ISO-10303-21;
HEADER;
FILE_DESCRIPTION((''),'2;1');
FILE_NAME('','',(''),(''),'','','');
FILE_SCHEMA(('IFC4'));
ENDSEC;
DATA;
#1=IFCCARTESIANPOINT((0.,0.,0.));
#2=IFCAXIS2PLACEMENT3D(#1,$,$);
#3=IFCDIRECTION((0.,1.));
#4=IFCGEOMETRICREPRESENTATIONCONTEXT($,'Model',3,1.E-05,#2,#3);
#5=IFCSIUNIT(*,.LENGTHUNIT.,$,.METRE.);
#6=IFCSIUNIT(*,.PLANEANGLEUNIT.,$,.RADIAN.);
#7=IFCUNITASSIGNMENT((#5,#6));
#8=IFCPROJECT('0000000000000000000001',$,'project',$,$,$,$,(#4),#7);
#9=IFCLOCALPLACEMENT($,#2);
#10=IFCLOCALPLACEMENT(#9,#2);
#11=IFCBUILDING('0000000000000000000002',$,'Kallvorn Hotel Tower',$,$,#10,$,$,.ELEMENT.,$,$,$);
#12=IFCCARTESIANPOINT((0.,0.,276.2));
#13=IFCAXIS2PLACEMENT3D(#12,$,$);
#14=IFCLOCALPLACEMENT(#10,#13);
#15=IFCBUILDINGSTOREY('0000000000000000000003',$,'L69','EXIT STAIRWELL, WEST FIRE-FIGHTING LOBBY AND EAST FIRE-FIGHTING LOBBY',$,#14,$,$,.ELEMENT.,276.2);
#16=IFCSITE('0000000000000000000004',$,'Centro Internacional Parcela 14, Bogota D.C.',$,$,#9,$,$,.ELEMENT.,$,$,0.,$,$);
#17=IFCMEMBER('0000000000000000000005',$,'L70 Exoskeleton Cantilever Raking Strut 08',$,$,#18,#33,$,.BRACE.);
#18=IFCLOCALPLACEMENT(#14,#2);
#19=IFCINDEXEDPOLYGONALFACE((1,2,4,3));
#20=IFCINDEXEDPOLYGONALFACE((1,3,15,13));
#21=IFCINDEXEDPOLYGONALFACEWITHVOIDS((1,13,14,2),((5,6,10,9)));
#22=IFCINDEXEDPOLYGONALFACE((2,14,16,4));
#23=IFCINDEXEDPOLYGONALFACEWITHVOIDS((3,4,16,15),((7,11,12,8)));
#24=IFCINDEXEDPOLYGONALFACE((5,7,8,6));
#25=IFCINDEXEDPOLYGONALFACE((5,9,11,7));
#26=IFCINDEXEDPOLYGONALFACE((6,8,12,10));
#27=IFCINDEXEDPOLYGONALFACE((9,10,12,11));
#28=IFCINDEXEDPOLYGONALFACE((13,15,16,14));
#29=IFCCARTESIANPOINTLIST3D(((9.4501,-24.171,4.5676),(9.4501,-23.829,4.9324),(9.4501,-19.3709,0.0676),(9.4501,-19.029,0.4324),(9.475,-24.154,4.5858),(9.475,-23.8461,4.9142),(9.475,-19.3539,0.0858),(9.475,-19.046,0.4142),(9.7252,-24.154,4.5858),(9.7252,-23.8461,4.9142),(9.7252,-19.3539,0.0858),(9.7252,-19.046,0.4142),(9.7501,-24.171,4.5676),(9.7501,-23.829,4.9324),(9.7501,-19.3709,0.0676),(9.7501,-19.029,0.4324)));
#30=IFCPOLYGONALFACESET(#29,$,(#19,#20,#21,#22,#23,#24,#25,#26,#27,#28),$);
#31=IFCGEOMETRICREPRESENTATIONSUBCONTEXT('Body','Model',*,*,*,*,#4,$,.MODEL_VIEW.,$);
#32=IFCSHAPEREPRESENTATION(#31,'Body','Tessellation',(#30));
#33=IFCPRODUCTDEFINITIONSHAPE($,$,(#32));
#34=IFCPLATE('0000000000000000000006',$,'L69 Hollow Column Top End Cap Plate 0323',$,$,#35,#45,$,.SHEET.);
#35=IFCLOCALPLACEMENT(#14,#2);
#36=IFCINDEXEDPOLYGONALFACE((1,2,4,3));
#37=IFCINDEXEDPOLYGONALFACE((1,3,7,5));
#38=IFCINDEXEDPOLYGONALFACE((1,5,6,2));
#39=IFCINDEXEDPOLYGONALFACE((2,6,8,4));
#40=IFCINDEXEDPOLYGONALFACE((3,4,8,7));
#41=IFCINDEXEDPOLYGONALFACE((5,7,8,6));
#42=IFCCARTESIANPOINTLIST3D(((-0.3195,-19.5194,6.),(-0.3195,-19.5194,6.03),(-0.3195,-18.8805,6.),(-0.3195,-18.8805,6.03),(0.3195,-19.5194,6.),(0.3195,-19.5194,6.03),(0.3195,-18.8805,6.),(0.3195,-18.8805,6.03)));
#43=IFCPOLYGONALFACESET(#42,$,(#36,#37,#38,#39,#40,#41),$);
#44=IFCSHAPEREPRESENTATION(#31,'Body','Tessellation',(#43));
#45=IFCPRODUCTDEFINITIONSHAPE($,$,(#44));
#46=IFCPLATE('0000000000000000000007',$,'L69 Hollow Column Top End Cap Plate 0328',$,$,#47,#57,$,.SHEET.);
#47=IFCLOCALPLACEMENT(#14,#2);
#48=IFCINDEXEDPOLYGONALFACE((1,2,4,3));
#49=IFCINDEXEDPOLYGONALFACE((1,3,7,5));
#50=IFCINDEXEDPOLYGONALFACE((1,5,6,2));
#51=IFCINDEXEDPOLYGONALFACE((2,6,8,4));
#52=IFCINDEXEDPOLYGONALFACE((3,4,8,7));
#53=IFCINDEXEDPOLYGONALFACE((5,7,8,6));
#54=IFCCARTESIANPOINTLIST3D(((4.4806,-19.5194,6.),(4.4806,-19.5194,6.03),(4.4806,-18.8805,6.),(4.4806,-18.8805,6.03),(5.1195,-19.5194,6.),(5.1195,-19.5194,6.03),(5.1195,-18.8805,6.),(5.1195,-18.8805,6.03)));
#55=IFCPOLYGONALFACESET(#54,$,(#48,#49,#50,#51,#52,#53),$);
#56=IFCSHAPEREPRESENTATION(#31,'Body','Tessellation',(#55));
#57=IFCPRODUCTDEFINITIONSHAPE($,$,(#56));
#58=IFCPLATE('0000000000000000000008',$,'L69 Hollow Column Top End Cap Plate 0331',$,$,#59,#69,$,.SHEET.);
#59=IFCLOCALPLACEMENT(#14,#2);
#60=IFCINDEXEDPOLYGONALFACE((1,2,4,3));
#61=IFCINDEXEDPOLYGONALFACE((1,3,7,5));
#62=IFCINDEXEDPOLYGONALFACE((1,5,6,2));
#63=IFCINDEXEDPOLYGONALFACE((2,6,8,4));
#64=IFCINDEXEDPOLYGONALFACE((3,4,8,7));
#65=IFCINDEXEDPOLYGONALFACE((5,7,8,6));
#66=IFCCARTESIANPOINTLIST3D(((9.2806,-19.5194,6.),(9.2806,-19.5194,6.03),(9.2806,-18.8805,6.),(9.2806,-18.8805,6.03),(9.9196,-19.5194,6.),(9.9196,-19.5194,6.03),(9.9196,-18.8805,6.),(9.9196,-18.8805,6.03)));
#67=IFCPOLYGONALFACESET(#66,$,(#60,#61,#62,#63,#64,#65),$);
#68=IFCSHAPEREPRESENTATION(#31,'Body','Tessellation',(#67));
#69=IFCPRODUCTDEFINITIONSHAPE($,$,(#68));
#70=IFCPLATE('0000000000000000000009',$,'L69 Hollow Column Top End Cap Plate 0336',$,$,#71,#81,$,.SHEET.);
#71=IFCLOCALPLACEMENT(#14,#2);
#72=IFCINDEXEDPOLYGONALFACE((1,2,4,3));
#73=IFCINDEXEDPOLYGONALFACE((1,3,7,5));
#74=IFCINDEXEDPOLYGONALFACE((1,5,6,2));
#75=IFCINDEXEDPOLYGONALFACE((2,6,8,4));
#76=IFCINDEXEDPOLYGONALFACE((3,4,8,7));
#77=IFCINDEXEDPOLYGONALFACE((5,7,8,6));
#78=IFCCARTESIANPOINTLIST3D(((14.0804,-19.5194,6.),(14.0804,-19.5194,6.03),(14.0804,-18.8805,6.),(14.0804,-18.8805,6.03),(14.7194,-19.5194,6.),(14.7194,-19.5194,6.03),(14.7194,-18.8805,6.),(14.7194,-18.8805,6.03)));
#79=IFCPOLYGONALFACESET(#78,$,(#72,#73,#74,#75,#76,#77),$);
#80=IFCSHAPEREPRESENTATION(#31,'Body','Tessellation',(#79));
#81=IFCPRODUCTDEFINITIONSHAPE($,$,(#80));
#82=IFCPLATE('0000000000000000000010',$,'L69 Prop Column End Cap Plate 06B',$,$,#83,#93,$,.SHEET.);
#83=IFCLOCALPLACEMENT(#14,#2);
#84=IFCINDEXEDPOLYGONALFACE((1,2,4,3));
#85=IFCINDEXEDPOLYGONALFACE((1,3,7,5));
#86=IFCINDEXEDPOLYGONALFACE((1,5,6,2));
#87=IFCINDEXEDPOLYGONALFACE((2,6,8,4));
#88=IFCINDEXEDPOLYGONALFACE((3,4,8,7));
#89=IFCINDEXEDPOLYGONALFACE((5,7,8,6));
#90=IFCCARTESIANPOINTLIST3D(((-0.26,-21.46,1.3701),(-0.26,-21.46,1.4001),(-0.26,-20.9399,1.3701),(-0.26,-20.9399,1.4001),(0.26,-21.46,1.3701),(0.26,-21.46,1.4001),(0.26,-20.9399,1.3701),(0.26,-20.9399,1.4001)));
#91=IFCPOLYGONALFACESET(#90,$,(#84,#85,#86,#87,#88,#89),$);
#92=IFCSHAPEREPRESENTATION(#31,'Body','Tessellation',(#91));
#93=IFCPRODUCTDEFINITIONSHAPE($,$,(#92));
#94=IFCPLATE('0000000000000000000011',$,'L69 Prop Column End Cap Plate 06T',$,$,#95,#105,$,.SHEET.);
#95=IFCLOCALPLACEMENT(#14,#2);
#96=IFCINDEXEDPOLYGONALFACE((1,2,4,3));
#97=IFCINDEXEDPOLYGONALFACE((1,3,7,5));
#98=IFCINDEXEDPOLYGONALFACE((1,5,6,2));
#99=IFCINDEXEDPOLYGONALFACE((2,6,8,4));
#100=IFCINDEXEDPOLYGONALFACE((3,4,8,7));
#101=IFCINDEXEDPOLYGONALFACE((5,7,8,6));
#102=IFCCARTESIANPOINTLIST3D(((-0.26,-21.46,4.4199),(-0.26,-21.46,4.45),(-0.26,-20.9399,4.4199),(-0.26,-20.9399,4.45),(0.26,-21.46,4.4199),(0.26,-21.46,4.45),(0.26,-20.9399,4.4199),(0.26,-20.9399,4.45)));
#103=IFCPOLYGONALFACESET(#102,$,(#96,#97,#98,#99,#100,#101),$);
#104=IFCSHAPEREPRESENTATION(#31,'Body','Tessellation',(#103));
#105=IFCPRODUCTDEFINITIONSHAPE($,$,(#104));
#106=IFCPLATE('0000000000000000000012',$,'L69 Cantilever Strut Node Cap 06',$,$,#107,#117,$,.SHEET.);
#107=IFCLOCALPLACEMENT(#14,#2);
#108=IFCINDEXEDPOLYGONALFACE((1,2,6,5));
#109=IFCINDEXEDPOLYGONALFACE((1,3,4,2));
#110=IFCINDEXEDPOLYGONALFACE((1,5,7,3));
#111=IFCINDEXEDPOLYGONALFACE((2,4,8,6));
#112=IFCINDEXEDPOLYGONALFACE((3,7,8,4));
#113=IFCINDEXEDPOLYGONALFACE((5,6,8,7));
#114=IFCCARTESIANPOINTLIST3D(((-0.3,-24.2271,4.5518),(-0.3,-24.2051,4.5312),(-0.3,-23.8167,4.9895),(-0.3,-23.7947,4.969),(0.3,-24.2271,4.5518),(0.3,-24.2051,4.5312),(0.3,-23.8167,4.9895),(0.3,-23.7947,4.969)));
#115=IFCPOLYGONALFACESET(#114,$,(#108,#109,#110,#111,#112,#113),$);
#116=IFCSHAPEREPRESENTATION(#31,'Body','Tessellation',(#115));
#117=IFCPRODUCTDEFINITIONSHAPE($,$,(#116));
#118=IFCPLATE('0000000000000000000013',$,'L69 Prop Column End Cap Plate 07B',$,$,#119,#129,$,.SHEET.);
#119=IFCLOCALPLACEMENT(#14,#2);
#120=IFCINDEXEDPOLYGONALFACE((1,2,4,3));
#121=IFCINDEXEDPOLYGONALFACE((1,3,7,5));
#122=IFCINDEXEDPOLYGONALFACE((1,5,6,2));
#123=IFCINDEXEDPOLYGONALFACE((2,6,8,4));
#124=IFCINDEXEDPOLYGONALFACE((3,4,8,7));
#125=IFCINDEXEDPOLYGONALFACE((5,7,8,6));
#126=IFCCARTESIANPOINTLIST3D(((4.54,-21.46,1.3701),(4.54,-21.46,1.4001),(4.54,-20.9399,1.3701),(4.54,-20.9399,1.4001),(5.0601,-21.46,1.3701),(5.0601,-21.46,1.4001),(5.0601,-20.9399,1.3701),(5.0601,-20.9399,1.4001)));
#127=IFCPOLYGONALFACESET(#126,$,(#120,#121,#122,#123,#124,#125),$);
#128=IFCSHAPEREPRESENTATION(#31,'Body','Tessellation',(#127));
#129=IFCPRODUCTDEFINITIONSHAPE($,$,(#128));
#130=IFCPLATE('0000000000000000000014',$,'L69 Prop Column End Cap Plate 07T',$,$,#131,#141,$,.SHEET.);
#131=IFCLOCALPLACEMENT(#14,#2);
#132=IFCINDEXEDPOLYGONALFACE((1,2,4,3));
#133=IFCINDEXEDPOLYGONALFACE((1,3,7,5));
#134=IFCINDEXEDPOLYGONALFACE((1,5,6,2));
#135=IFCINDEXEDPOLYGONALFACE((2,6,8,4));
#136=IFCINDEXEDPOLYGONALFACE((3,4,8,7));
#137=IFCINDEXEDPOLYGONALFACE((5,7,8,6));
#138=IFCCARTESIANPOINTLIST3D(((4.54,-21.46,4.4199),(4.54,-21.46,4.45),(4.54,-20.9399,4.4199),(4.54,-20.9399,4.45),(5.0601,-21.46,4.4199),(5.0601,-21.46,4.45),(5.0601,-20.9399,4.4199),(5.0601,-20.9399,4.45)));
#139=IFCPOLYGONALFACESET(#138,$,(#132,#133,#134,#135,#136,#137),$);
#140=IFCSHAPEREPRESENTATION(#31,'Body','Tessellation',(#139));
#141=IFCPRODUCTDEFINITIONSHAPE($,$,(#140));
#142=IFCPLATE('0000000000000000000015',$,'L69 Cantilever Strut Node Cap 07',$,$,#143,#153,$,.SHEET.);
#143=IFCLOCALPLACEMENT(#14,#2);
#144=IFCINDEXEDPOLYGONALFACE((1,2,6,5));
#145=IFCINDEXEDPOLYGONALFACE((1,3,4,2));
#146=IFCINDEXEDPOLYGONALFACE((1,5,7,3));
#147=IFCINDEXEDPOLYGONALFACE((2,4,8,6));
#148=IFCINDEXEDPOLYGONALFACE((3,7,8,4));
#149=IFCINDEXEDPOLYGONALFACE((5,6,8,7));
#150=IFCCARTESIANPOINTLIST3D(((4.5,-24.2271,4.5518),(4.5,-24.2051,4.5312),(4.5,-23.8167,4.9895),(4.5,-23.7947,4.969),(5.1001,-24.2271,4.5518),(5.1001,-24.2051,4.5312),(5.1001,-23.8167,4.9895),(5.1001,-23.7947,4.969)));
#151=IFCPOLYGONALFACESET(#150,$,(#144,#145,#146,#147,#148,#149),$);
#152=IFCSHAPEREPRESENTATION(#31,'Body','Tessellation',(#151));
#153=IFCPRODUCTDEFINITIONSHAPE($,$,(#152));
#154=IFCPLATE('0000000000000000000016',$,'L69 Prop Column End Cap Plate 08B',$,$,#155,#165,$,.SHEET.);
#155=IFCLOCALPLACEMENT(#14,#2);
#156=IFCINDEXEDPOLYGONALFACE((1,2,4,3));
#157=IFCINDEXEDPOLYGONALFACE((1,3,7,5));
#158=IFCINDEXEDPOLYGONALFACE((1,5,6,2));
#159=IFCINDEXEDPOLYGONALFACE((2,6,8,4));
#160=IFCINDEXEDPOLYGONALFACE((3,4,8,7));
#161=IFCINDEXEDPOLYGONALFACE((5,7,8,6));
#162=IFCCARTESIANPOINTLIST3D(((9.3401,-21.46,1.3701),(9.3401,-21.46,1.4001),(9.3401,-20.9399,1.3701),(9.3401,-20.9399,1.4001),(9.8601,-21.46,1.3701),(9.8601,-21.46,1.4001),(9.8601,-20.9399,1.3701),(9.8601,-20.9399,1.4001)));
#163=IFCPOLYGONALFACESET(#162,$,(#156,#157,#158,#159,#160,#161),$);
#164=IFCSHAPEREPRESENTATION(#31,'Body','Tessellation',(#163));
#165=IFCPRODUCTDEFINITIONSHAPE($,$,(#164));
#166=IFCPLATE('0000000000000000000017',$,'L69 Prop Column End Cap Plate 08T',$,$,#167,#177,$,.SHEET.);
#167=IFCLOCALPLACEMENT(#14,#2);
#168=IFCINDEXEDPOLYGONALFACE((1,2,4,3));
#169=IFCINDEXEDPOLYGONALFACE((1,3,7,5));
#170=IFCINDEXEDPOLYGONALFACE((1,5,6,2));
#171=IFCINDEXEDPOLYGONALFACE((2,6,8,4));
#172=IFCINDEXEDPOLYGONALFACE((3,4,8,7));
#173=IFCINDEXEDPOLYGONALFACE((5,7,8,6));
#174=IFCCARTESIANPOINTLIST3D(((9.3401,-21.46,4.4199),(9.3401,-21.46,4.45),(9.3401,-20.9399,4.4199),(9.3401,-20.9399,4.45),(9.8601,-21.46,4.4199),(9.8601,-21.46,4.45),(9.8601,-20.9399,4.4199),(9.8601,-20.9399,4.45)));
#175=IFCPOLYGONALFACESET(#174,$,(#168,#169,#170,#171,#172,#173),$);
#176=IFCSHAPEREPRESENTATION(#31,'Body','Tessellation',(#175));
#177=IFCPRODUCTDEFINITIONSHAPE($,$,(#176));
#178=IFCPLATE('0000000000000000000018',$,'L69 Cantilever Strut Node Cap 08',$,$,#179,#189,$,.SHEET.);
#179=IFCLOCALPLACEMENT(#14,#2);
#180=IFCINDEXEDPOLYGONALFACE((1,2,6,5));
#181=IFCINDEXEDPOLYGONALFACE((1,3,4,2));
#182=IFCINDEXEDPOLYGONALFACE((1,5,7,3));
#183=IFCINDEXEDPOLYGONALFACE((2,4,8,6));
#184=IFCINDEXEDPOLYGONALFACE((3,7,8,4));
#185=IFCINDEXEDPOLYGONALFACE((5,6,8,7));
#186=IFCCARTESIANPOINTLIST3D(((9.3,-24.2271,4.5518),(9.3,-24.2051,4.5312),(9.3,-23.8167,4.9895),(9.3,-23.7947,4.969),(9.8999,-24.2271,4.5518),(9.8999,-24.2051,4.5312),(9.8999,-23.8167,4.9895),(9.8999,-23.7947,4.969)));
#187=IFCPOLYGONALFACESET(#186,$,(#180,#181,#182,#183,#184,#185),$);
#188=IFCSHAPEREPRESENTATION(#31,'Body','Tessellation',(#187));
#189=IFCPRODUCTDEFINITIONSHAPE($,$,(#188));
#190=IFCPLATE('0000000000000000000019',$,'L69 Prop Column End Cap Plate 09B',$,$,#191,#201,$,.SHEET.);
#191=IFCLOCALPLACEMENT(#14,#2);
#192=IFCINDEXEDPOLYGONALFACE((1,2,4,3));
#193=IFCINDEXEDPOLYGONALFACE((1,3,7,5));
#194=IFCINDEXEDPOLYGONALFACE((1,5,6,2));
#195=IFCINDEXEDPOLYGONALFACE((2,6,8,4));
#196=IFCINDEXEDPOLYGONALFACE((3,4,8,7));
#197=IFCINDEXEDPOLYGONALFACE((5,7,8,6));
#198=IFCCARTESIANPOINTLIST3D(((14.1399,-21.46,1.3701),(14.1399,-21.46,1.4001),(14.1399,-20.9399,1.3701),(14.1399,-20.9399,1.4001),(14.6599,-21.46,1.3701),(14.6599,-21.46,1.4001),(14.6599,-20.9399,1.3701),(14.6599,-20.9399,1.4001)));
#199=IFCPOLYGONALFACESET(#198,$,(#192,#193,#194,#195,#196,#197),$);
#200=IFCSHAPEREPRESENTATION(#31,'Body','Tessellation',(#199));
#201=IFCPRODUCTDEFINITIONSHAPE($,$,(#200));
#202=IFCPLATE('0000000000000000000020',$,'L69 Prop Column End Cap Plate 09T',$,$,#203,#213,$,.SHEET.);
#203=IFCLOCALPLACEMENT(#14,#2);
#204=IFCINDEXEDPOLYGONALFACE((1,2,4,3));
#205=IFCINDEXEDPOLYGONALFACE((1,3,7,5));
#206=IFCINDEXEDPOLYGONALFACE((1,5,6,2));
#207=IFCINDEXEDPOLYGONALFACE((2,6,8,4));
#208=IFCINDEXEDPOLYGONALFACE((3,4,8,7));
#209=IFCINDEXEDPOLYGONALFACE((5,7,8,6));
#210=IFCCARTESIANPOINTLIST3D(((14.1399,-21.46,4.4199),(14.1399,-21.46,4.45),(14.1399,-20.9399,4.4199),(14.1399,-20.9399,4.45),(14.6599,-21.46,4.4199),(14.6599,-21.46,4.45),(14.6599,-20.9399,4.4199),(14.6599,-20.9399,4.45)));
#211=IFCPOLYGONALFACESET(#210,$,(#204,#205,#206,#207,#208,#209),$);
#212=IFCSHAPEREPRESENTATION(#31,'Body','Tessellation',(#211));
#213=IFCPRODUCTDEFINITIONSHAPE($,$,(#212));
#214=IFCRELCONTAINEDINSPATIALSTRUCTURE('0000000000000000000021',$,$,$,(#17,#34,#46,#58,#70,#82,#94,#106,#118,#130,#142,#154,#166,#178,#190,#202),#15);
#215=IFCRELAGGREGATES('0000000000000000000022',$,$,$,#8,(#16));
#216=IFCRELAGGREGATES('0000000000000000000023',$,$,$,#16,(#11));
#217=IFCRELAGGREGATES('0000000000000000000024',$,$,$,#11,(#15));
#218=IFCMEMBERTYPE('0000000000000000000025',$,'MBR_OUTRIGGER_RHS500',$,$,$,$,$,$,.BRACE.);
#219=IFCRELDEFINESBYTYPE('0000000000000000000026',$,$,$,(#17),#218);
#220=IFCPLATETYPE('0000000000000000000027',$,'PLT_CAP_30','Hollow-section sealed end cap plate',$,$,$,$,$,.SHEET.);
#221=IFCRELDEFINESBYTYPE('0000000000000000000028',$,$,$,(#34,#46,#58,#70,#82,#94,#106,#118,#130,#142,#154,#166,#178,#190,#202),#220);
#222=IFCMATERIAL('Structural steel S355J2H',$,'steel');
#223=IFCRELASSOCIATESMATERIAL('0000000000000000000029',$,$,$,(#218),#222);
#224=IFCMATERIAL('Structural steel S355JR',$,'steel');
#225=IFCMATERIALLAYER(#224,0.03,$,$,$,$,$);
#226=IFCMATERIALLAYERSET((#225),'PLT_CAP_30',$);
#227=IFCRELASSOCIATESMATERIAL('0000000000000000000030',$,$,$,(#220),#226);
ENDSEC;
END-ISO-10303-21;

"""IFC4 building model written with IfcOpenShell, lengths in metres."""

from ifc_helpers import new_model, si_unit, direction, frame, origin, origin_2d, place, context, subcontext, project, spatial, polyline, rectangle, hollow_rectangle, outline, extrude, material, layer, layer_set, material_profile, profile_set, type_object, element, save


model = new_model("IFC4")

# Units and contexts
model_context = context("Model", 3, precision=1e-05, world=origin(), true_north=direction((0.0, 1.0)))
body_context = subcontext(model_context, "Body", "Model", "MODEL_VIEW")
ifc_project = project(units=[si_unit("LENGTHUNIT", "METRE"), si_unit("PLANEANGLEUNIT", "RADIAN")], contexts=[model_context])

# Site, building, storey
site_placement = place(None, origin())
site = spatial("IfcSite", under=ifc_project, at=site_placement, Name="Centro Internacional Parcela 14, Bogota D.C.", CompositionType="ELEMENT", RefElevation=0.0)
building_placement = place(site_placement, origin())
building = spatial("IfcBuilding", under=site, at=building_placement, Name="Kallvorn Hotel Tower", CompositionType="ELEMENT")
storey_placement = place(building_placement, frame((0.0, 0.0, 276.2)))
storey = spatial("IfcBuildingStorey", under=building, at=storey_placement, Name="L69", Description="EXIT STAIRWELL, WEST FIRE-FIGHTING LOBBY AND EAST FIRE-FIGHTING LOBBY", CompositionType="ELEMENT", Elevation=276.2)

# Member
ifc_material_1 = material(Name="Structural steel S355J2H", Category="steel")
ifc_material_profile_1 = material_profile(ifc_material_1, hollow_rectangle(XDim=0.3, YDim=0.5, WallThickness=0.0249, at=origin_2d()), Name="RHS 500x300x25")
ifc_profile_set_1 = profile_set([ifc_material_profile_1], Name="Structural steel S355J2H")
member_type = type_object("IfcMemberType", Name="MBR_OUTRIGGER_RHS500", PredefinedType="BRACE", material=ifc_profile_set_1)
for number, where, z_axis, x_axis, name in (
    (1, (9.6001, -19.2, 0.25), (0.0, -0.729541, 0.683937), (1.0, 0.0, 0.0), "L70 Exoskeleton Cantilever Raking Strut 08"),
):
    element("IfcMember", number, at=place(storey_placement, frame(where, z_axis=z_axis, x_axis=x_axis)), inside=storey, type_object=member_type, Name=name, PredefinedType="BRACE", context=body_context, shape_type="SweptSolid", body=[
        extrude(hollow_rectangle(XDim=0.3, YDim=0.5, WallThickness=0.0249, at=origin_2d()), origin(), (0.0, 0.0, 1.0), 6.5796),
    ])

# Plates
ifc_material_2 = material(Name="Structural steel S355JR", Category="steel")
ifc_layer = layer(ifc_material_2, 0.03)
ifc_layer_set = layer_set([ifc_layer], Name="PLT_CAP_30")
plate_type = type_object("IfcPlateType", Name="PLT_CAP_30", Description="Hollow-section sealed end cap plate", PredefinedType="SHEET", material=ifc_layer_set)
for number, where, z_axis, x_axis, name in (
    (2, (0.0, -19.2, 6.0), (0.0, 0.0, 1.0), (1.0, 0.0, 0.0), "L69 Hollow Column Top End Cap Plate 0323"),
    (3, (4.8, -19.2, 6.0), (0.0, 0.0, 1.0), (1.0, 0.0, 0.0), "L69 Hollow Column Top End Cap Plate 0328"),
    (4, (9.6001, -19.2, 6.0), (0.0, 0.0, 1.0), (1.0, 0.0, 0.0), "L69 Hollow Column Top End Cap Plate 0331"),
    (5, (14.3999, -19.2, 6.0), (0.0, 0.0, 1.0), (1.0, 0.0, 0.0), "L69 Hollow Column Top End Cap Plate 0336"),
):
    element("IfcPlate", number, at=place(storey_placement, frame(where, z_axis=z_axis, x_axis=x_axis)), inside=storey, type_object=plate_type, Name=name, PredefinedType="SHEET", context=body_context, shape_type="SweptSolid", body=[
        extrude(rectangle(XDim=0.6389, YDim=0.6389, at=origin_2d()), origin(), (0.0, 0.0, 1.0), 0.03),
    ])
for number, where, z_axis, x_axis, name in (
    (6, (0.0, -21.2, 1.3701), (0.0, 0.0, 1.0), (1.0, 0.0, 0.0), "L69 Prop Column End Cap Plate 06B"),
    (7, (0.0, -21.2, 4.4199), (0.0, 0.0, 1.0), (1.0, 0.0, 0.0), "L69 Prop Column End Cap Plate 06T"),
):
    element("IfcPlate", number, at=place(storey_placement, frame(where, z_axis=z_axis, x_axis=x_axis)), inside=storey, type_object=plate_type, Name=name, PredefinedType="SHEET", context=body_context, shape_type="SweptSolid", body=[
        extrude(rectangle(XDim=0.52, YDim=0.52, at=origin_2d()), origin(), (0.0, 0.0, 1.0), 0.03),
    ])
plate_1_placement = place(storey_placement, frame((-0.3, -24.2271, 4.5518), z_axis=(0.0, -0.729525, 0.683955), x_axis=(1.0, 0.0, 0.0)))
element("IfcPlate", 8, at=plate_1_placement, inside=storey, type_object=plate_type, Name="L69 Cantilever Strut Node Cap 06", PredefinedType="SHEET", context=body_context, shape_type="SweptSolid", body=[
    extrude(outline(polyline([(0.0, 0.0), (0.6001, 0.0), (0.6001, 0.6), (0.0, 0.6), (0.0, 0.0)])), origin(), (0.0, 0.0, -1.0), 0.03),
])
for number, where, z_axis, x_axis, name in (
    (9, (4.8, -21.2, 1.3701), (0.0, 0.0, 1.0), (1.0, 0.0, 0.0), "L69 Prop Column End Cap Plate 07B"),
    (10, (4.8, -21.2, 4.4199), (0.0, 0.0, 1.0), (1.0, 0.0, 0.0), "L69 Prop Column End Cap Plate 07T"),
):
    element("IfcPlate", number, at=place(storey_placement, frame(where, z_axis=z_axis, x_axis=x_axis)), inside=storey, type_object=plate_type, Name=name, PredefinedType="SHEET", context=body_context, shape_type="SweptSolid", body=[
        extrude(rectangle(XDim=0.52, YDim=0.52, at=origin_2d()), origin(), (0.0, 0.0, 1.0), 0.03),
    ])
plate_2_placement = place(storey_placement, frame((4.5, -24.2271, 4.5518), z_axis=(0.0, -0.729525, 0.683955), x_axis=(1.0, 0.0, 0.0)))
element("IfcPlate", 11, at=plate_2_placement, inside=storey, type_object=plate_type, Name="L69 Cantilever Strut Node Cap 07", PredefinedType="SHEET", context=body_context, shape_type="SweptSolid", body=[
    extrude(outline(polyline([(0.0, 0.0), (0.6001, 0.0), (0.6001, 0.6), (0.0, 0.6), (0.0, 0.0)])), origin(), (0.0, 0.0, -1.0), 0.03),
])
for number, where, z_axis, x_axis, name in (
    (12, (9.6001, -21.2, 1.3701), (0.0, 0.0, 1.0), (1.0, 0.0, 0.0), "L69 Prop Column End Cap Plate 08B"),
    (13, (9.6001, -21.2, 4.4199), (0.0, 0.0, 1.0), (1.0, 0.0, 0.0), "L69 Prop Column End Cap Plate 08T"),
):
    element("IfcPlate", number, at=place(storey_placement, frame(where, z_axis=z_axis, x_axis=x_axis)), inside=storey, type_object=plate_type, Name=name, PredefinedType="SHEET", context=body_context, shape_type="SweptSolid", body=[
        extrude(rectangle(XDim=0.52, YDim=0.52, at=origin_2d()), origin(), (0.0, 0.0, 1.0), 0.03),
    ])
plate_3_placement = place(storey_placement, frame((9.3, -24.2271, 4.5518), z_axis=(0.0, -0.729525, 0.683955), x_axis=(1.0, 0.0, 0.0)))
element("IfcPlate", 14, at=plate_3_placement, inside=storey, type_object=plate_type, Name="L69 Cantilever Strut Node Cap 08", PredefinedType="SHEET", context=body_context, shape_type="SweptSolid", body=[
    extrude(outline(polyline([(0.0, 0.0), (0.5999, 0.0), (0.5999, 0.6), (0.0, 0.6), (0.0, 0.0)])), origin(), (0.0, 0.0, -1.0), 0.03),
])
for number, where, z_axis, x_axis, name in (
    (15, (14.3999, -21.2, 1.3701), (0.0, 0.0, 1.0), (1.0, 0.0, 0.0), "L69 Prop Column End Cap Plate 09B"),
    (16, (14.3999, -21.2, 4.4199), (0.0, 0.0, 1.0), (1.0, 0.0, 0.0), "L69 Prop Column End Cap Plate 09T"),
):
    element("IfcPlate", number, at=place(storey_placement, frame(where, z_axis=z_axis, x_axis=x_axis)), inside=storey, type_object=plate_type, Name=name, PredefinedType="SHEET", context=body_context, shape_type="SweptSolid", body=[
        extrude(rectangle(XDim=0.52, YDim=0.52, at=origin_2d()), origin(), (0.0, 0.0, 1.0), 0.03),
    ])

save(model, "model.ifc")
